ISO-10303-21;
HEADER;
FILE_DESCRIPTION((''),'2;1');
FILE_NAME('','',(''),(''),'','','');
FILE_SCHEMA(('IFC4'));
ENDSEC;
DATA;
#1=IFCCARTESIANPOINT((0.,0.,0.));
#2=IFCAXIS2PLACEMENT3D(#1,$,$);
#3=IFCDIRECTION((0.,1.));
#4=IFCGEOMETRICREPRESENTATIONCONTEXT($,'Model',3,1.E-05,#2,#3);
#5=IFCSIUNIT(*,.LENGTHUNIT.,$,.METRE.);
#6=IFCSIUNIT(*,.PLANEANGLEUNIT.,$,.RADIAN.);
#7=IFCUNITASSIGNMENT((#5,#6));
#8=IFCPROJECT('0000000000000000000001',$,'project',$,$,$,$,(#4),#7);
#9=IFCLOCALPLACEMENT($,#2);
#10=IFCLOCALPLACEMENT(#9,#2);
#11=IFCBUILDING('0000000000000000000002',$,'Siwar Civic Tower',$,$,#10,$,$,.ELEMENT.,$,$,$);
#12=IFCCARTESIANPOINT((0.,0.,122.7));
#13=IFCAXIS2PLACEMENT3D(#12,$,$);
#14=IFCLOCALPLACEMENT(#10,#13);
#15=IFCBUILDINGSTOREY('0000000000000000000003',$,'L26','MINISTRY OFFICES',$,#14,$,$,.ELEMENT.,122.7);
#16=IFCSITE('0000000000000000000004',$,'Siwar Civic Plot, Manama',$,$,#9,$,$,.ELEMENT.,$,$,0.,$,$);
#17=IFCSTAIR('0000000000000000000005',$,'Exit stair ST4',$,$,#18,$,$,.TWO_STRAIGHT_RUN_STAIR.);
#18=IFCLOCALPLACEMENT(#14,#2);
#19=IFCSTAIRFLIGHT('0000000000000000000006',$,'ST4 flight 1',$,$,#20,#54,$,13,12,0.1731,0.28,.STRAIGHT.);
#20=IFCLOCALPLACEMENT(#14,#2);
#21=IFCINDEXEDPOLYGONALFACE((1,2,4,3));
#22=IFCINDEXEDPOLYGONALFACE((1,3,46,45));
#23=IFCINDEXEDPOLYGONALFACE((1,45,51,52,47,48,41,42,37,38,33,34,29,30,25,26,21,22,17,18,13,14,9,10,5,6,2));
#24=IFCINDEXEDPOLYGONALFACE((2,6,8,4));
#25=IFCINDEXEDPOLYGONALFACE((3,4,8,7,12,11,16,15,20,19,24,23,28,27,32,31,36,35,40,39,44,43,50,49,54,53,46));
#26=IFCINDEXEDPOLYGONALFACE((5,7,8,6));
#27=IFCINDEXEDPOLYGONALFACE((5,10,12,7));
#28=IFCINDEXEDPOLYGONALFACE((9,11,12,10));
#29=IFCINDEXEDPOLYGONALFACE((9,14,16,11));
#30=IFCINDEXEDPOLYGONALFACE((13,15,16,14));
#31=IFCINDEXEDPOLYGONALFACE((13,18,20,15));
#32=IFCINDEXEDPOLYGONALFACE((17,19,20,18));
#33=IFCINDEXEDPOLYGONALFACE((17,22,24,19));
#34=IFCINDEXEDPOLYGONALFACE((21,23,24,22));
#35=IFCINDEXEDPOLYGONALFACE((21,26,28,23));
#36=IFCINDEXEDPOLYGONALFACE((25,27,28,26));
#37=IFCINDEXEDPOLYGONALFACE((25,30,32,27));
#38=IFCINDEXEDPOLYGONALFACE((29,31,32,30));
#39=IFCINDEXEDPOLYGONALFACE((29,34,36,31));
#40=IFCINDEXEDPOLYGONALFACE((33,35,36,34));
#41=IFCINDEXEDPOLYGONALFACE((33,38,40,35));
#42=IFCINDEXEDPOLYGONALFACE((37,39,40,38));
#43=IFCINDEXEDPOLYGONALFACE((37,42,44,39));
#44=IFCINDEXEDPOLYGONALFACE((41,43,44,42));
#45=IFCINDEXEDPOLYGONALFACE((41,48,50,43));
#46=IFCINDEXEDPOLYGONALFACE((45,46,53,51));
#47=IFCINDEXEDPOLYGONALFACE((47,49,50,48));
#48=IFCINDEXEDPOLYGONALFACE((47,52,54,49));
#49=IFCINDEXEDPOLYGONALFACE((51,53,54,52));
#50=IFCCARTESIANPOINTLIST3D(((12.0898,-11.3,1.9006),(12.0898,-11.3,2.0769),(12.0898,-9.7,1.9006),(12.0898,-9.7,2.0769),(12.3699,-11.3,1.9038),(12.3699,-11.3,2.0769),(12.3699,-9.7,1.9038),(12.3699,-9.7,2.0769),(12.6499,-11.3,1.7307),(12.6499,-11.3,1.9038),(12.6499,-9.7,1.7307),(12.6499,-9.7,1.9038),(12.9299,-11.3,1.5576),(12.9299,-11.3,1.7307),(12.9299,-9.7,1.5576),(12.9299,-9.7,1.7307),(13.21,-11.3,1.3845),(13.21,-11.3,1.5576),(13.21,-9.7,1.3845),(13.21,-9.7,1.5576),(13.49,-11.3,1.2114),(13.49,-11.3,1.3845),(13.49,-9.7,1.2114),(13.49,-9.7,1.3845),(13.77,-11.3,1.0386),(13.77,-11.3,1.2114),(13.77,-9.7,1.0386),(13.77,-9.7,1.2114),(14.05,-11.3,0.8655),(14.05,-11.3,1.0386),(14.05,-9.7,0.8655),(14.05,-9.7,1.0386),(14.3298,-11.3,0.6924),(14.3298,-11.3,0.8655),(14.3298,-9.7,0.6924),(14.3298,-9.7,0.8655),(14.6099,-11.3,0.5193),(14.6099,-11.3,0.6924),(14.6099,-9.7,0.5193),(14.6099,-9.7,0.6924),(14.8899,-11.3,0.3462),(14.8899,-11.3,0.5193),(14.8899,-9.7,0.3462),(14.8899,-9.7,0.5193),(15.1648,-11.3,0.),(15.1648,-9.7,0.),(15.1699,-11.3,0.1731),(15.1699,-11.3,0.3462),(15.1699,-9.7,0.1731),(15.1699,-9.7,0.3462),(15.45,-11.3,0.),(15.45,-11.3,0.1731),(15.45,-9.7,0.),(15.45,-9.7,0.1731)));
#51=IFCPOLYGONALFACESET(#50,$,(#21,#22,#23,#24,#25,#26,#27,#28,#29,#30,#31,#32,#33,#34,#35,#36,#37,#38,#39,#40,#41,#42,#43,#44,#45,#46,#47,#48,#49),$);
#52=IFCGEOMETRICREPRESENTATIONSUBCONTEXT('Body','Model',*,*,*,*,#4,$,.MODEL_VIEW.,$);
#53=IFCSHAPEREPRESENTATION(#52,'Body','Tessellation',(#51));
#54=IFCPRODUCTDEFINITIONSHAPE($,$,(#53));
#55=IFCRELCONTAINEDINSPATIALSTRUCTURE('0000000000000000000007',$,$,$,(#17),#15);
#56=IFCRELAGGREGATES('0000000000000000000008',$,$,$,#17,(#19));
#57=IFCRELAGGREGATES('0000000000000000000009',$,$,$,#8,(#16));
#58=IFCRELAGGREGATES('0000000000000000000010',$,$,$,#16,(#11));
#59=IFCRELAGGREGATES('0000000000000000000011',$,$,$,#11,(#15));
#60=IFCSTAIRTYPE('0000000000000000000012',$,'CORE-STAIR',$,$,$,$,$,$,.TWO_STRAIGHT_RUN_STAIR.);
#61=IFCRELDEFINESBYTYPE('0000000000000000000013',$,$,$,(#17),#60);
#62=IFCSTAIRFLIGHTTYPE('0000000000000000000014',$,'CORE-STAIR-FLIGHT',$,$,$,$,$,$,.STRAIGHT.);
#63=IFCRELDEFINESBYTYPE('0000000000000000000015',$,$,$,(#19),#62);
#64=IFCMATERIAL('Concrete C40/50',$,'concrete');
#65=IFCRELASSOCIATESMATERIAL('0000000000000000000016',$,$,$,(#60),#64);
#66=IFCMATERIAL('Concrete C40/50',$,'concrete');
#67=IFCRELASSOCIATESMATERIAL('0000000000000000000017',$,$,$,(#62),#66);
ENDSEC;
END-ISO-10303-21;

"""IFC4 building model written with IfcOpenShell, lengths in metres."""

from ifc_helpers import new_model, si_unit, direction, frame, origin, place, context, subcontext, project, spatial, polyline, outline, extrude, material, type_object, element, aggregate, save


model = new_model("IFC4")

# Units and contexts
model_context = context("Model", 3, precision=1e-05, world=origin(), true_north=direction((0.0, 1.0)))
body_context = subcontext(model_context, "Body", "Model", "MODEL_VIEW")
ifc_project = project(units=[si_unit("LENGTHUNIT", "METRE"), si_unit("PLANEANGLEUNIT", "RADIAN")], contexts=[model_context])

# Site, building, storey
site_placement = place(None, origin())
site = spatial("IfcSite", under=ifc_project, at=site_placement, Name="Siwar Civic Plot, Manama", CompositionType="ELEMENT", RefElevation=0.0)
building_placement = place(site_placement, origin())
building = spatial("IfcBuilding", under=site, at=building_placement, Name="Siwar Civic Tower", CompositionType="ELEMENT")
storey_placement = place(building_placement, frame((0.0, 0.0, 122.7)))
storey = spatial("IfcBuildingStorey", under=building, at=storey_placement, Name="L26", Description="MINISTRY OFFICES", CompositionType="ELEMENT", Elevation=122.7)

# Stair, stair flight
ifc_material_1 = material(Name="Concrete C40/50", Category="concrete")
stair_type = type_object("IfcStairType", Name="CORE-STAIR", PredefinedType="TWO_STRAIGHT_RUN_STAIR", material=ifc_material_1)
stair_placement = place(storey_placement, origin())
stair = element("IfcStair", 1, at=stair_placement, inside=storey, type_object=stair_type, Name="Exit stair ST4", PredefinedType="TWO_STRAIGHT_RUN_STAIR")
ifc_material_2 = material(Name="Concrete C40/50", Category="concrete")
stair_flight_type = type_object("IfcStairFlightType", Name="CORE-STAIR-FLIGHT", PredefinedType="STRAIGHT", material=ifc_material_2)
stair_flight_placement = place(storey_placement, frame((15.45, -10.5, 0.0), z_axis=(0.0, 0.0, 1.0), x_axis=(-1.0, 0.0, 0.0)))
stair_flight = element("IfcStairFlight", 2, at=stair_flight_placement, type_object=stair_flight_type, Name="ST4 flight 1", NumberOfRisers=13, NumberOfTreads=12, PredefinedType="STRAIGHT", RiserHeight=0.1731, TreadLength=0.28, context=body_context, shape_type="SweptSolid", body=[
    extrude(outline(polyline([(0.0, 0.0), (0.0, 0.1731), (0.28, 0.1731), (0.28, 0.3462), (0.5601, 0.3462), (0.5601, 0.5193), (0.8401, 0.5193), (0.8401, 0.6924), (1.1201, 0.6924), (1.1201, 0.8655), (1.3999, 0.8655), (1.3999, 1.0386), (1.6799, 1.0386), (1.6799, 1.2114), (1.96, 1.2114), (1.96, 1.3845), (2.24, 1.3845), (2.24, 1.5576), (2.52, 1.5576), (2.52, 1.7307), (2.8, 1.7307), (2.8, 1.9038), (3.0801, 1.9038), (3.0801, 2.0769), (3.3601, 2.0769), (3.3601, 2.25), (3.3601, 1.9006), (0.2852, 0.0), (0.0, 0.0)])), frame((0.0, 0.8, 0.0), z_axis=(0.0, -1.0, 0.0), x_axis=(1.0, 0.0, 0.0)), (0.0, 0.0, 1.0), 1.6001),
])
aggregate(stair, [stair_flight])

save(model, "model.ifc")
